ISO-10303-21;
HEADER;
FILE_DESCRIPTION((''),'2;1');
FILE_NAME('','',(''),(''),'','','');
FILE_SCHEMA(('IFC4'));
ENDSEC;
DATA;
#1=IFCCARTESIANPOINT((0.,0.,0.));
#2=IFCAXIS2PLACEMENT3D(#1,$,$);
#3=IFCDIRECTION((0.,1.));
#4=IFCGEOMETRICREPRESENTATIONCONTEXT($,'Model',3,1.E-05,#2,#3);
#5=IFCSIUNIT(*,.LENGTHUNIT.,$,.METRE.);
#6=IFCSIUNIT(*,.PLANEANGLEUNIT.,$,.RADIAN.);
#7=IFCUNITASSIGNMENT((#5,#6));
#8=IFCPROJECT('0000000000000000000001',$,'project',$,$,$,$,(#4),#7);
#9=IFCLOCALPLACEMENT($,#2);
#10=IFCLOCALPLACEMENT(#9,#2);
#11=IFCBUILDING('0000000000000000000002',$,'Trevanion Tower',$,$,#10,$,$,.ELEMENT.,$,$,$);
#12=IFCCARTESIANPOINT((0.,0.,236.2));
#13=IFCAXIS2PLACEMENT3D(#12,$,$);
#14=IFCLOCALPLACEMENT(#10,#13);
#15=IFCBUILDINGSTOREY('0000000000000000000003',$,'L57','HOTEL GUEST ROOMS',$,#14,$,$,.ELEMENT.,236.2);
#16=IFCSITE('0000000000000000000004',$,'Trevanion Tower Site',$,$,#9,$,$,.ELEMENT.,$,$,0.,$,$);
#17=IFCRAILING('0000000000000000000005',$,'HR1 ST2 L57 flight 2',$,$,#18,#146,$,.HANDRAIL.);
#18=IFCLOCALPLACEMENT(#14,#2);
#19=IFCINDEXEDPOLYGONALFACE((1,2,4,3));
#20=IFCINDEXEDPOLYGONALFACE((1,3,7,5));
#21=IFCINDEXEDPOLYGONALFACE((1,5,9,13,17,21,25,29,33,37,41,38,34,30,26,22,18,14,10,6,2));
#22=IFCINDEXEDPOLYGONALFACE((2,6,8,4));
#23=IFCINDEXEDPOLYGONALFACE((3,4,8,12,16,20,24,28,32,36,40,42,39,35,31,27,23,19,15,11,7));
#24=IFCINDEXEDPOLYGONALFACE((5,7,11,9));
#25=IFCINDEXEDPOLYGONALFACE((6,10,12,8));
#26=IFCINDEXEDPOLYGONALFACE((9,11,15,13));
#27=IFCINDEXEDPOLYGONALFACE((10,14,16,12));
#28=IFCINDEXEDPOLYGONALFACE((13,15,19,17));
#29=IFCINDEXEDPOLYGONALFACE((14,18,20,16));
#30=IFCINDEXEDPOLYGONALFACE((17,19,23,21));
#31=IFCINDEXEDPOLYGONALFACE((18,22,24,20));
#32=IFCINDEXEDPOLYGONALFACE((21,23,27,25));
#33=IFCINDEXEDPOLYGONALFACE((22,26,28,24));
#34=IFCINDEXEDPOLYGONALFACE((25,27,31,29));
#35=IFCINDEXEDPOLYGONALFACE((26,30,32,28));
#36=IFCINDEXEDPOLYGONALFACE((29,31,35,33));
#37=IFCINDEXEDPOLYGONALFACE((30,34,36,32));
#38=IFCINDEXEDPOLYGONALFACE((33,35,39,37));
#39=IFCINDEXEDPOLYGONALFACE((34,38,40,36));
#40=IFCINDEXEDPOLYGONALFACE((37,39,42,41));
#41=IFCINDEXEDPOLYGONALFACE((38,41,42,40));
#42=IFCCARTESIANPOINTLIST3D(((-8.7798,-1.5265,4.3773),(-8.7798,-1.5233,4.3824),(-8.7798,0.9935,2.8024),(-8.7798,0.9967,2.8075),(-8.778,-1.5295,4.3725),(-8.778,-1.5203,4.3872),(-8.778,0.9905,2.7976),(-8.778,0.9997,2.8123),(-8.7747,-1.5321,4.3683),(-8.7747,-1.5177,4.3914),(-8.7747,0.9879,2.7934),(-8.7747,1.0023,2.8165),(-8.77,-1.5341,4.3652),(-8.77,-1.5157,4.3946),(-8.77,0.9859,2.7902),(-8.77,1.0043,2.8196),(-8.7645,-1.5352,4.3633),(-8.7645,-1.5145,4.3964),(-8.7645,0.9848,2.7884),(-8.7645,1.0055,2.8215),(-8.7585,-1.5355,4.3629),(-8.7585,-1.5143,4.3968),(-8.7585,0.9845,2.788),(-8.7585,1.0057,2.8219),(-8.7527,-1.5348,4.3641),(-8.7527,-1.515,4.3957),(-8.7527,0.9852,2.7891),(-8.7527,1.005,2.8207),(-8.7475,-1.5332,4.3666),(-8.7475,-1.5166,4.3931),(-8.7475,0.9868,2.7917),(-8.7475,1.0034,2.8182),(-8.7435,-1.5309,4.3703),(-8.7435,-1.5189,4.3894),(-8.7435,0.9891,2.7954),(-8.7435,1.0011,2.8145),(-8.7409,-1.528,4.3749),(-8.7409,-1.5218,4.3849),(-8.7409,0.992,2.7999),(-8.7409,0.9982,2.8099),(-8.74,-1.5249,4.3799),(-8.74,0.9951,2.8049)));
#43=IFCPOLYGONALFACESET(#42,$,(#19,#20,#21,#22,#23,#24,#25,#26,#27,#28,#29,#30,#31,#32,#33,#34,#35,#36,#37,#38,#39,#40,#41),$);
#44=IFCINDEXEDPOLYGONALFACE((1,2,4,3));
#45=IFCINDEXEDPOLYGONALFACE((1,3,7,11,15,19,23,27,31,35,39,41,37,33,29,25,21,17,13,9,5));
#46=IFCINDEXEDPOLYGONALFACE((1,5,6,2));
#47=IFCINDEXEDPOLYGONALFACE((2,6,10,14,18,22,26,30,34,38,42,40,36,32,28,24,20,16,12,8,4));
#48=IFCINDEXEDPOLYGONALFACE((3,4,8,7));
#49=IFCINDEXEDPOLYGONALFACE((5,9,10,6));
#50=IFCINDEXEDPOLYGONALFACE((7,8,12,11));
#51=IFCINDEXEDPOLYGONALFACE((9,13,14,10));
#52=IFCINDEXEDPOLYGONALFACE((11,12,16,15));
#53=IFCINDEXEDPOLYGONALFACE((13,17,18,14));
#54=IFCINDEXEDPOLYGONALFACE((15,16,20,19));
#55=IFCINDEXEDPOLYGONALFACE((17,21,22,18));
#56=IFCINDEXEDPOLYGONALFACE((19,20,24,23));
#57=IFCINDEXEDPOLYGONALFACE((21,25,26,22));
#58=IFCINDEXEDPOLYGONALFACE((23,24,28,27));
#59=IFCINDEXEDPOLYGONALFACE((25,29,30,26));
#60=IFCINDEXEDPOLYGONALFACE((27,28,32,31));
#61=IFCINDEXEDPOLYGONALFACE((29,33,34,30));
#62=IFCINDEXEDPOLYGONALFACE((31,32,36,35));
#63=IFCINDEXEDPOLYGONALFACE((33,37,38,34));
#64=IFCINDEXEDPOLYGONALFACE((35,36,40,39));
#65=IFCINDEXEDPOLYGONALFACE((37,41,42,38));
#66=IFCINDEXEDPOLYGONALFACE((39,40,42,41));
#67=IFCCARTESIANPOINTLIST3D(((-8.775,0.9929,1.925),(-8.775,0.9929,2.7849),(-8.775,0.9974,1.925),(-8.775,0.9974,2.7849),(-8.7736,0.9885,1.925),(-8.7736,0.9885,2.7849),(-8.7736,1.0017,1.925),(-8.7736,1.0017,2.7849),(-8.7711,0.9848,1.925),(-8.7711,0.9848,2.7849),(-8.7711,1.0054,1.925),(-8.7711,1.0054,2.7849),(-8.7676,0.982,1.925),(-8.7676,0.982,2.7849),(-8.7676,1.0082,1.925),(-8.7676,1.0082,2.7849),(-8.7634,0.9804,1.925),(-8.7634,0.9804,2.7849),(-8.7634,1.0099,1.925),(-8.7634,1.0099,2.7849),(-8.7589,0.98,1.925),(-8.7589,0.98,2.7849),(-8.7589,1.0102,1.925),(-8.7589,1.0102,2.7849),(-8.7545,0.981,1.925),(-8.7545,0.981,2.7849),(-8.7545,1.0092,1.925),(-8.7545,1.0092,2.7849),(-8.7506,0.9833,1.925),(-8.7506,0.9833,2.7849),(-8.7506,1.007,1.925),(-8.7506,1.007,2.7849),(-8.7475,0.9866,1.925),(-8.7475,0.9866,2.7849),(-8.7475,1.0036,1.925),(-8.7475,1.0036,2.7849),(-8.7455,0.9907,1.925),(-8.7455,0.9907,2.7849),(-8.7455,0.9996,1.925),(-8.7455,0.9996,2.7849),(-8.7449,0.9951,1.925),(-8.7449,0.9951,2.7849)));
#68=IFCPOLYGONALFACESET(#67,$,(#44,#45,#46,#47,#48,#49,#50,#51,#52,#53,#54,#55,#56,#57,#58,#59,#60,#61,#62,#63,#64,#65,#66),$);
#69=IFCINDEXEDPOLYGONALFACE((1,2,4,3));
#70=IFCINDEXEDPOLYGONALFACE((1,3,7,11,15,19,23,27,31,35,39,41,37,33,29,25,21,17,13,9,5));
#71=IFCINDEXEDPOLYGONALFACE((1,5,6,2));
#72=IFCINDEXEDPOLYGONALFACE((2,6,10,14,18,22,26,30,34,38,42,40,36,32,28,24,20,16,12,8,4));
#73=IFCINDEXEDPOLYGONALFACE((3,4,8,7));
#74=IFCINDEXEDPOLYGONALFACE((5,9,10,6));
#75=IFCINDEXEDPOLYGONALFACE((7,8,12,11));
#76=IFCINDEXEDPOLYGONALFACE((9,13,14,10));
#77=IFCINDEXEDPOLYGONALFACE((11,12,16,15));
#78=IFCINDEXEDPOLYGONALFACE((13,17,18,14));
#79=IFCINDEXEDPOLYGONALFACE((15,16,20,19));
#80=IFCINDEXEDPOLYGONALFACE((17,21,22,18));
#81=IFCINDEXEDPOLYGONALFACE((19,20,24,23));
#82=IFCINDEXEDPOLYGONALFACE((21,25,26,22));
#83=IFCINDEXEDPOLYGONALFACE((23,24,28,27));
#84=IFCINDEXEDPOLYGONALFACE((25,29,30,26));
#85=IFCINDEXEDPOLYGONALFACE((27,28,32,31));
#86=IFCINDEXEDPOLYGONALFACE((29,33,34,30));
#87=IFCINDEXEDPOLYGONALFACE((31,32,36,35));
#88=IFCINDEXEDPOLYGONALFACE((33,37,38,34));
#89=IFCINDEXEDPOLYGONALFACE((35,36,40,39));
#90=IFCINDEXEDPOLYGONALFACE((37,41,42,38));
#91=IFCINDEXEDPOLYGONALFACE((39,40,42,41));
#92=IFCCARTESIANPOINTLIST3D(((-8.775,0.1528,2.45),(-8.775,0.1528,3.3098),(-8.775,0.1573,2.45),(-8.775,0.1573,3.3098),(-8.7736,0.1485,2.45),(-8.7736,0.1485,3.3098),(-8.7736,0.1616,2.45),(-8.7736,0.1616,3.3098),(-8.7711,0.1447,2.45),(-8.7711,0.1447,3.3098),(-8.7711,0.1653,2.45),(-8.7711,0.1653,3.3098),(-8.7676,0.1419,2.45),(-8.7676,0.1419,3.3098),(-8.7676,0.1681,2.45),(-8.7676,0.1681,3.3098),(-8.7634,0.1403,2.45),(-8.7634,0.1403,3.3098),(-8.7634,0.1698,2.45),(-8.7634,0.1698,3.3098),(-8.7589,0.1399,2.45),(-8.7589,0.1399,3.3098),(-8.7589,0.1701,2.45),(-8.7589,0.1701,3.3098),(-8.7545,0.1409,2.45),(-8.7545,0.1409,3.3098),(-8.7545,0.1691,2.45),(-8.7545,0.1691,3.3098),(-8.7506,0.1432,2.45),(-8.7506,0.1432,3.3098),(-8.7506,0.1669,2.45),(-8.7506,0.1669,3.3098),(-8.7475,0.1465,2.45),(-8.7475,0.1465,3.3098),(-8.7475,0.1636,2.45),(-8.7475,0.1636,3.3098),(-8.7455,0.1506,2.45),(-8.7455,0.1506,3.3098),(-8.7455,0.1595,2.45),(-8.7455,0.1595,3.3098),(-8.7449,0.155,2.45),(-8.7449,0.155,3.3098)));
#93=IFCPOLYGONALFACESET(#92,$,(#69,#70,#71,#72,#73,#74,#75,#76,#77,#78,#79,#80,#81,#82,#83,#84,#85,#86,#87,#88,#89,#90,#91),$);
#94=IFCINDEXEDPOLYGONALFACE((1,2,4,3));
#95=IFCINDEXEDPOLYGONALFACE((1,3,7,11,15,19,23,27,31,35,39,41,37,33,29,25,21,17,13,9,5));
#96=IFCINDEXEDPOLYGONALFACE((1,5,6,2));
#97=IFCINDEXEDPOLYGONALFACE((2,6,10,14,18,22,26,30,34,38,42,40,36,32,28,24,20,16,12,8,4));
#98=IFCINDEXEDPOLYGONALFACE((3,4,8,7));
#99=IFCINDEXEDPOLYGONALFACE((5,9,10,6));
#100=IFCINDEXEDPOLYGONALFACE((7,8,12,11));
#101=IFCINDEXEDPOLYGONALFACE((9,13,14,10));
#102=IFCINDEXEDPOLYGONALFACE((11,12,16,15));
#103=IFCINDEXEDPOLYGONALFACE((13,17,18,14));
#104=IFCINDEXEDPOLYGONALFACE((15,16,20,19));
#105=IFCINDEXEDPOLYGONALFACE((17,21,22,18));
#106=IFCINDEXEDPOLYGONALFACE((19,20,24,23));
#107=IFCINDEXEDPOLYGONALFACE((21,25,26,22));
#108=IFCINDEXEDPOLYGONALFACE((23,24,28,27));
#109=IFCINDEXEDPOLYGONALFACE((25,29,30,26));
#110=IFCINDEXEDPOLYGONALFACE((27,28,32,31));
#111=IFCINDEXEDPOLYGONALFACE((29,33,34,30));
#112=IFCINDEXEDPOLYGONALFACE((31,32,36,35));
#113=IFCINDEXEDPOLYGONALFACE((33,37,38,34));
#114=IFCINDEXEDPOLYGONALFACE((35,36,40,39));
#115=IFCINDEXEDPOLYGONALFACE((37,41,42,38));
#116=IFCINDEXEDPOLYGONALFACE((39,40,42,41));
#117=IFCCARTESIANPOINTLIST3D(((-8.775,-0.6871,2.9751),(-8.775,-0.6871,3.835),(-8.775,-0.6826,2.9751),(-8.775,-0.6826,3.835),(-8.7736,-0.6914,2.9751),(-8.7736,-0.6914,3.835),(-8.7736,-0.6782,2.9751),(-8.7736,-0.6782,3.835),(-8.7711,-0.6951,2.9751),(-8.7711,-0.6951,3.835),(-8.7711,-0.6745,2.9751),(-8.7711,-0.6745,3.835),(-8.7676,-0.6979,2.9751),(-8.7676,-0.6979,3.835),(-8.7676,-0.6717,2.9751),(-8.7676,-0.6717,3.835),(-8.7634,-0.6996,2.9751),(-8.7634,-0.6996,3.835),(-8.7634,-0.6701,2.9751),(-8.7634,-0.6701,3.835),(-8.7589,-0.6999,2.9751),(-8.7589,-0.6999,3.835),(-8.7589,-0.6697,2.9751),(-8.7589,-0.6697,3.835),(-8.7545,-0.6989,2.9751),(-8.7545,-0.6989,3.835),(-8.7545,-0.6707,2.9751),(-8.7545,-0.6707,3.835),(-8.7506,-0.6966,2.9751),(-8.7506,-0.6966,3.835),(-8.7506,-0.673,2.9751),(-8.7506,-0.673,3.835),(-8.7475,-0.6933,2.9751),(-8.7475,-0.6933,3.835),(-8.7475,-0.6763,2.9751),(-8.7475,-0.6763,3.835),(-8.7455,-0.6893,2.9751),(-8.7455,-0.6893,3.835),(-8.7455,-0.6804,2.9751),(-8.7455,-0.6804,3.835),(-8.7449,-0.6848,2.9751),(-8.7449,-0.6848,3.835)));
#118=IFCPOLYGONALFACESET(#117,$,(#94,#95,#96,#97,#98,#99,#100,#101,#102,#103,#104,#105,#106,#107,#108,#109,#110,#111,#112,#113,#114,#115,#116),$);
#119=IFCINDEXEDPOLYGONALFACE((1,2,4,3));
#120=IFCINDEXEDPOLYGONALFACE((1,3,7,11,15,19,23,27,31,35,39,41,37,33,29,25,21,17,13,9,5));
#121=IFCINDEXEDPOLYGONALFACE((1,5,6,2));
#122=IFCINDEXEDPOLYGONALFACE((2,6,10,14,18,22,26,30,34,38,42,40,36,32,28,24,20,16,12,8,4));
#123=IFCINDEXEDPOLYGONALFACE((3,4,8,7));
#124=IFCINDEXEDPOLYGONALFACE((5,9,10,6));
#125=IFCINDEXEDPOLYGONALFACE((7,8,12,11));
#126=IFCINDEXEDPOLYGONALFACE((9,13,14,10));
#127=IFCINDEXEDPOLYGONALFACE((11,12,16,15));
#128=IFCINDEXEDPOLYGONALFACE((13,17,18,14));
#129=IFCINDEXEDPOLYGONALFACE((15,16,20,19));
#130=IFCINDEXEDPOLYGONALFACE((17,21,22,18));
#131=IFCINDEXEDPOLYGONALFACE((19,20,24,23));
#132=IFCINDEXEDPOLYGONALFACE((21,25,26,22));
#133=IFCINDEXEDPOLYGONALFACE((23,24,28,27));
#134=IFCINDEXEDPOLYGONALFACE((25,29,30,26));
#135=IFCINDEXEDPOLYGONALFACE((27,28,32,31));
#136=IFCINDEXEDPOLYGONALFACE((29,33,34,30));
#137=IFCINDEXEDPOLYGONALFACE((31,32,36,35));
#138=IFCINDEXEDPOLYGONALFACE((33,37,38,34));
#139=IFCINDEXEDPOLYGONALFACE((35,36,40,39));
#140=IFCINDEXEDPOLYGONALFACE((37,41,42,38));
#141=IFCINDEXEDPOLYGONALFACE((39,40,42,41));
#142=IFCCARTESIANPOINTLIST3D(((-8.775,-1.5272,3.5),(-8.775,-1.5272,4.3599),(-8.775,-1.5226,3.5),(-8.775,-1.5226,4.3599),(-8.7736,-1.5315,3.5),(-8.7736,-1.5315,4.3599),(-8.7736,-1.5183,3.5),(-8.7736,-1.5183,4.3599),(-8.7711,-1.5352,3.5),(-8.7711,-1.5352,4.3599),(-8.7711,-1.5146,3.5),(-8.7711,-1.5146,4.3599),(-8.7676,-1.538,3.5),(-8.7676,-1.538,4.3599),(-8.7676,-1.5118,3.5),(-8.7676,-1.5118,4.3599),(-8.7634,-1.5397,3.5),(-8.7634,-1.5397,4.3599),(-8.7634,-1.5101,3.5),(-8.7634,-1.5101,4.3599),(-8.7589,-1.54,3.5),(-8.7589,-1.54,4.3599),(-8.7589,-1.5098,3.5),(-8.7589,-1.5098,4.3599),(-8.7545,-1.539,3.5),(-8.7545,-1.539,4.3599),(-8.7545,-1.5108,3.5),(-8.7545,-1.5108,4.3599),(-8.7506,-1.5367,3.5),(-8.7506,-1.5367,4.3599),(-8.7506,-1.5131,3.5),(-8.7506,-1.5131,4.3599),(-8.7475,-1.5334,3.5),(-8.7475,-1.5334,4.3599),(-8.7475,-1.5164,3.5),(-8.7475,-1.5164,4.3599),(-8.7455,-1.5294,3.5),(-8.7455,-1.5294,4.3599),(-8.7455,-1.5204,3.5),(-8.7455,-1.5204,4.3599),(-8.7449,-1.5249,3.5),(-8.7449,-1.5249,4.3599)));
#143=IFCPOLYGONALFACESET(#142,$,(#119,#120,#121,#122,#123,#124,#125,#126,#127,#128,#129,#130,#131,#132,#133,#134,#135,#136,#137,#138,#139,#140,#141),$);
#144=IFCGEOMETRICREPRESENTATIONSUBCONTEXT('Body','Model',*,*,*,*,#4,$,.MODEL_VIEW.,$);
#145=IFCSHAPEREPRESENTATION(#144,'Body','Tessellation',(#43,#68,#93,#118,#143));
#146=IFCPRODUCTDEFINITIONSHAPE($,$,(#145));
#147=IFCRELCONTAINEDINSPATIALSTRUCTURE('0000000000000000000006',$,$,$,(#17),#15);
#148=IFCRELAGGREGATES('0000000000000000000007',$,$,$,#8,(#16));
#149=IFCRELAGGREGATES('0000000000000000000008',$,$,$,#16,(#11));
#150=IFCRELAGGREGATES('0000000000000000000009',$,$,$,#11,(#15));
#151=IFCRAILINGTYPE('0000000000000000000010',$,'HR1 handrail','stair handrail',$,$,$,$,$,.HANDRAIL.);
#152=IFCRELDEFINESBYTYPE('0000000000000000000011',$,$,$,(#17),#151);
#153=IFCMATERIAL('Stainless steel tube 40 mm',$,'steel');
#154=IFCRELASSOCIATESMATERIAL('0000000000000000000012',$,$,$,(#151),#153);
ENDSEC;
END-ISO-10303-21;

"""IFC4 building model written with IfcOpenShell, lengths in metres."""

from ifc_helpers import new_model, si_unit, direction, frame, origin, origin_2d, place, context, subcontext, project, spatial, circle, extrude, material, type_object, element, save


model = new_model("IFC4")

# Units and contexts
model_context = context("Model", 3, precision=1e-05, world=origin(), true_north=direction((0.0, 1.0)))
body_context = subcontext(model_context, "Body", "Model", "MODEL_VIEW")
ifc_project = project(units=[si_unit("LENGTHUNIT", "METRE"), si_unit("PLANEANGLEUNIT", "RADIAN")], contexts=[model_context])

# Site, building, storey
site_placement = place(None, origin())
site = spatial("IfcSite", under=ifc_project, at=site_placement, Name="Trevanion Tower Site", CompositionType="ELEMENT", RefElevation=0.0)
building_placement = place(site_placement, origin())
building = spatial("IfcBuilding", under=site, at=building_placement, Name="Trevanion Tower", CompositionType="ELEMENT")
storey_placement = place(building_placement, frame((0.0, 0.0, 236.2)))
storey = spatial("IfcBuildingStorey", under=building, at=storey_placement, Name="L57", Description="HOTEL GUEST ROOMS", CompositionType="ELEMENT", Elevation=236.2)

# Railing
ifc_material_1 = material(Name="Stainless steel tube 40 mm", Category="steel")
railing_type = type_object("IfcRailingType", Name="HR1 handrail", Description="stair handrail", PredefinedType="HANDRAIL", material=ifc_material_1)
for number, where, name in (
    (1, (-8.76, 0.9951, 1.925), "HR1 ST2 L57 flight 2"),
):
    element("IfcRailing", number, at=place(storey_placement, frame(where)), inside=storey, type_object=railing_type, Name=name, PredefinedType="HANDRAIL", context=body_context, shape_type="SweptSolid", body=[
        extrude(circle(Radius=0.02, at=origin_2d()), frame((0.0, 0.0, 0.8799), z_axis=(0.0, -0.848008, 0.529984), x_axis=(1.0, 0.0, 0.0)), (0.0, 0.0, 1.0), 2.9717),
        extrude(circle(Radius=0.0151, at=origin_2d()), origin(), (0.0, 0.0, 1.0), 0.8599),
        extrude(circle(Radius=0.0151, at=origin_2d()), frame((0.0, -0.8401, 0.5249)), (0.0, 0.0, 1.0), 0.8599),
        extrude(circle(Radius=0.0151, at=origin_2d()), frame((0.0, -1.6799, 1.05)), (0.0, 0.0, 1.0), 0.8599),
        extrude(circle(Radius=0.0151, at=origin_2d()), frame((0.0, -2.52, 1.575)), (0.0, 0.0, 1.0), 0.8599),
    ])

save(model, "model.ifc")
